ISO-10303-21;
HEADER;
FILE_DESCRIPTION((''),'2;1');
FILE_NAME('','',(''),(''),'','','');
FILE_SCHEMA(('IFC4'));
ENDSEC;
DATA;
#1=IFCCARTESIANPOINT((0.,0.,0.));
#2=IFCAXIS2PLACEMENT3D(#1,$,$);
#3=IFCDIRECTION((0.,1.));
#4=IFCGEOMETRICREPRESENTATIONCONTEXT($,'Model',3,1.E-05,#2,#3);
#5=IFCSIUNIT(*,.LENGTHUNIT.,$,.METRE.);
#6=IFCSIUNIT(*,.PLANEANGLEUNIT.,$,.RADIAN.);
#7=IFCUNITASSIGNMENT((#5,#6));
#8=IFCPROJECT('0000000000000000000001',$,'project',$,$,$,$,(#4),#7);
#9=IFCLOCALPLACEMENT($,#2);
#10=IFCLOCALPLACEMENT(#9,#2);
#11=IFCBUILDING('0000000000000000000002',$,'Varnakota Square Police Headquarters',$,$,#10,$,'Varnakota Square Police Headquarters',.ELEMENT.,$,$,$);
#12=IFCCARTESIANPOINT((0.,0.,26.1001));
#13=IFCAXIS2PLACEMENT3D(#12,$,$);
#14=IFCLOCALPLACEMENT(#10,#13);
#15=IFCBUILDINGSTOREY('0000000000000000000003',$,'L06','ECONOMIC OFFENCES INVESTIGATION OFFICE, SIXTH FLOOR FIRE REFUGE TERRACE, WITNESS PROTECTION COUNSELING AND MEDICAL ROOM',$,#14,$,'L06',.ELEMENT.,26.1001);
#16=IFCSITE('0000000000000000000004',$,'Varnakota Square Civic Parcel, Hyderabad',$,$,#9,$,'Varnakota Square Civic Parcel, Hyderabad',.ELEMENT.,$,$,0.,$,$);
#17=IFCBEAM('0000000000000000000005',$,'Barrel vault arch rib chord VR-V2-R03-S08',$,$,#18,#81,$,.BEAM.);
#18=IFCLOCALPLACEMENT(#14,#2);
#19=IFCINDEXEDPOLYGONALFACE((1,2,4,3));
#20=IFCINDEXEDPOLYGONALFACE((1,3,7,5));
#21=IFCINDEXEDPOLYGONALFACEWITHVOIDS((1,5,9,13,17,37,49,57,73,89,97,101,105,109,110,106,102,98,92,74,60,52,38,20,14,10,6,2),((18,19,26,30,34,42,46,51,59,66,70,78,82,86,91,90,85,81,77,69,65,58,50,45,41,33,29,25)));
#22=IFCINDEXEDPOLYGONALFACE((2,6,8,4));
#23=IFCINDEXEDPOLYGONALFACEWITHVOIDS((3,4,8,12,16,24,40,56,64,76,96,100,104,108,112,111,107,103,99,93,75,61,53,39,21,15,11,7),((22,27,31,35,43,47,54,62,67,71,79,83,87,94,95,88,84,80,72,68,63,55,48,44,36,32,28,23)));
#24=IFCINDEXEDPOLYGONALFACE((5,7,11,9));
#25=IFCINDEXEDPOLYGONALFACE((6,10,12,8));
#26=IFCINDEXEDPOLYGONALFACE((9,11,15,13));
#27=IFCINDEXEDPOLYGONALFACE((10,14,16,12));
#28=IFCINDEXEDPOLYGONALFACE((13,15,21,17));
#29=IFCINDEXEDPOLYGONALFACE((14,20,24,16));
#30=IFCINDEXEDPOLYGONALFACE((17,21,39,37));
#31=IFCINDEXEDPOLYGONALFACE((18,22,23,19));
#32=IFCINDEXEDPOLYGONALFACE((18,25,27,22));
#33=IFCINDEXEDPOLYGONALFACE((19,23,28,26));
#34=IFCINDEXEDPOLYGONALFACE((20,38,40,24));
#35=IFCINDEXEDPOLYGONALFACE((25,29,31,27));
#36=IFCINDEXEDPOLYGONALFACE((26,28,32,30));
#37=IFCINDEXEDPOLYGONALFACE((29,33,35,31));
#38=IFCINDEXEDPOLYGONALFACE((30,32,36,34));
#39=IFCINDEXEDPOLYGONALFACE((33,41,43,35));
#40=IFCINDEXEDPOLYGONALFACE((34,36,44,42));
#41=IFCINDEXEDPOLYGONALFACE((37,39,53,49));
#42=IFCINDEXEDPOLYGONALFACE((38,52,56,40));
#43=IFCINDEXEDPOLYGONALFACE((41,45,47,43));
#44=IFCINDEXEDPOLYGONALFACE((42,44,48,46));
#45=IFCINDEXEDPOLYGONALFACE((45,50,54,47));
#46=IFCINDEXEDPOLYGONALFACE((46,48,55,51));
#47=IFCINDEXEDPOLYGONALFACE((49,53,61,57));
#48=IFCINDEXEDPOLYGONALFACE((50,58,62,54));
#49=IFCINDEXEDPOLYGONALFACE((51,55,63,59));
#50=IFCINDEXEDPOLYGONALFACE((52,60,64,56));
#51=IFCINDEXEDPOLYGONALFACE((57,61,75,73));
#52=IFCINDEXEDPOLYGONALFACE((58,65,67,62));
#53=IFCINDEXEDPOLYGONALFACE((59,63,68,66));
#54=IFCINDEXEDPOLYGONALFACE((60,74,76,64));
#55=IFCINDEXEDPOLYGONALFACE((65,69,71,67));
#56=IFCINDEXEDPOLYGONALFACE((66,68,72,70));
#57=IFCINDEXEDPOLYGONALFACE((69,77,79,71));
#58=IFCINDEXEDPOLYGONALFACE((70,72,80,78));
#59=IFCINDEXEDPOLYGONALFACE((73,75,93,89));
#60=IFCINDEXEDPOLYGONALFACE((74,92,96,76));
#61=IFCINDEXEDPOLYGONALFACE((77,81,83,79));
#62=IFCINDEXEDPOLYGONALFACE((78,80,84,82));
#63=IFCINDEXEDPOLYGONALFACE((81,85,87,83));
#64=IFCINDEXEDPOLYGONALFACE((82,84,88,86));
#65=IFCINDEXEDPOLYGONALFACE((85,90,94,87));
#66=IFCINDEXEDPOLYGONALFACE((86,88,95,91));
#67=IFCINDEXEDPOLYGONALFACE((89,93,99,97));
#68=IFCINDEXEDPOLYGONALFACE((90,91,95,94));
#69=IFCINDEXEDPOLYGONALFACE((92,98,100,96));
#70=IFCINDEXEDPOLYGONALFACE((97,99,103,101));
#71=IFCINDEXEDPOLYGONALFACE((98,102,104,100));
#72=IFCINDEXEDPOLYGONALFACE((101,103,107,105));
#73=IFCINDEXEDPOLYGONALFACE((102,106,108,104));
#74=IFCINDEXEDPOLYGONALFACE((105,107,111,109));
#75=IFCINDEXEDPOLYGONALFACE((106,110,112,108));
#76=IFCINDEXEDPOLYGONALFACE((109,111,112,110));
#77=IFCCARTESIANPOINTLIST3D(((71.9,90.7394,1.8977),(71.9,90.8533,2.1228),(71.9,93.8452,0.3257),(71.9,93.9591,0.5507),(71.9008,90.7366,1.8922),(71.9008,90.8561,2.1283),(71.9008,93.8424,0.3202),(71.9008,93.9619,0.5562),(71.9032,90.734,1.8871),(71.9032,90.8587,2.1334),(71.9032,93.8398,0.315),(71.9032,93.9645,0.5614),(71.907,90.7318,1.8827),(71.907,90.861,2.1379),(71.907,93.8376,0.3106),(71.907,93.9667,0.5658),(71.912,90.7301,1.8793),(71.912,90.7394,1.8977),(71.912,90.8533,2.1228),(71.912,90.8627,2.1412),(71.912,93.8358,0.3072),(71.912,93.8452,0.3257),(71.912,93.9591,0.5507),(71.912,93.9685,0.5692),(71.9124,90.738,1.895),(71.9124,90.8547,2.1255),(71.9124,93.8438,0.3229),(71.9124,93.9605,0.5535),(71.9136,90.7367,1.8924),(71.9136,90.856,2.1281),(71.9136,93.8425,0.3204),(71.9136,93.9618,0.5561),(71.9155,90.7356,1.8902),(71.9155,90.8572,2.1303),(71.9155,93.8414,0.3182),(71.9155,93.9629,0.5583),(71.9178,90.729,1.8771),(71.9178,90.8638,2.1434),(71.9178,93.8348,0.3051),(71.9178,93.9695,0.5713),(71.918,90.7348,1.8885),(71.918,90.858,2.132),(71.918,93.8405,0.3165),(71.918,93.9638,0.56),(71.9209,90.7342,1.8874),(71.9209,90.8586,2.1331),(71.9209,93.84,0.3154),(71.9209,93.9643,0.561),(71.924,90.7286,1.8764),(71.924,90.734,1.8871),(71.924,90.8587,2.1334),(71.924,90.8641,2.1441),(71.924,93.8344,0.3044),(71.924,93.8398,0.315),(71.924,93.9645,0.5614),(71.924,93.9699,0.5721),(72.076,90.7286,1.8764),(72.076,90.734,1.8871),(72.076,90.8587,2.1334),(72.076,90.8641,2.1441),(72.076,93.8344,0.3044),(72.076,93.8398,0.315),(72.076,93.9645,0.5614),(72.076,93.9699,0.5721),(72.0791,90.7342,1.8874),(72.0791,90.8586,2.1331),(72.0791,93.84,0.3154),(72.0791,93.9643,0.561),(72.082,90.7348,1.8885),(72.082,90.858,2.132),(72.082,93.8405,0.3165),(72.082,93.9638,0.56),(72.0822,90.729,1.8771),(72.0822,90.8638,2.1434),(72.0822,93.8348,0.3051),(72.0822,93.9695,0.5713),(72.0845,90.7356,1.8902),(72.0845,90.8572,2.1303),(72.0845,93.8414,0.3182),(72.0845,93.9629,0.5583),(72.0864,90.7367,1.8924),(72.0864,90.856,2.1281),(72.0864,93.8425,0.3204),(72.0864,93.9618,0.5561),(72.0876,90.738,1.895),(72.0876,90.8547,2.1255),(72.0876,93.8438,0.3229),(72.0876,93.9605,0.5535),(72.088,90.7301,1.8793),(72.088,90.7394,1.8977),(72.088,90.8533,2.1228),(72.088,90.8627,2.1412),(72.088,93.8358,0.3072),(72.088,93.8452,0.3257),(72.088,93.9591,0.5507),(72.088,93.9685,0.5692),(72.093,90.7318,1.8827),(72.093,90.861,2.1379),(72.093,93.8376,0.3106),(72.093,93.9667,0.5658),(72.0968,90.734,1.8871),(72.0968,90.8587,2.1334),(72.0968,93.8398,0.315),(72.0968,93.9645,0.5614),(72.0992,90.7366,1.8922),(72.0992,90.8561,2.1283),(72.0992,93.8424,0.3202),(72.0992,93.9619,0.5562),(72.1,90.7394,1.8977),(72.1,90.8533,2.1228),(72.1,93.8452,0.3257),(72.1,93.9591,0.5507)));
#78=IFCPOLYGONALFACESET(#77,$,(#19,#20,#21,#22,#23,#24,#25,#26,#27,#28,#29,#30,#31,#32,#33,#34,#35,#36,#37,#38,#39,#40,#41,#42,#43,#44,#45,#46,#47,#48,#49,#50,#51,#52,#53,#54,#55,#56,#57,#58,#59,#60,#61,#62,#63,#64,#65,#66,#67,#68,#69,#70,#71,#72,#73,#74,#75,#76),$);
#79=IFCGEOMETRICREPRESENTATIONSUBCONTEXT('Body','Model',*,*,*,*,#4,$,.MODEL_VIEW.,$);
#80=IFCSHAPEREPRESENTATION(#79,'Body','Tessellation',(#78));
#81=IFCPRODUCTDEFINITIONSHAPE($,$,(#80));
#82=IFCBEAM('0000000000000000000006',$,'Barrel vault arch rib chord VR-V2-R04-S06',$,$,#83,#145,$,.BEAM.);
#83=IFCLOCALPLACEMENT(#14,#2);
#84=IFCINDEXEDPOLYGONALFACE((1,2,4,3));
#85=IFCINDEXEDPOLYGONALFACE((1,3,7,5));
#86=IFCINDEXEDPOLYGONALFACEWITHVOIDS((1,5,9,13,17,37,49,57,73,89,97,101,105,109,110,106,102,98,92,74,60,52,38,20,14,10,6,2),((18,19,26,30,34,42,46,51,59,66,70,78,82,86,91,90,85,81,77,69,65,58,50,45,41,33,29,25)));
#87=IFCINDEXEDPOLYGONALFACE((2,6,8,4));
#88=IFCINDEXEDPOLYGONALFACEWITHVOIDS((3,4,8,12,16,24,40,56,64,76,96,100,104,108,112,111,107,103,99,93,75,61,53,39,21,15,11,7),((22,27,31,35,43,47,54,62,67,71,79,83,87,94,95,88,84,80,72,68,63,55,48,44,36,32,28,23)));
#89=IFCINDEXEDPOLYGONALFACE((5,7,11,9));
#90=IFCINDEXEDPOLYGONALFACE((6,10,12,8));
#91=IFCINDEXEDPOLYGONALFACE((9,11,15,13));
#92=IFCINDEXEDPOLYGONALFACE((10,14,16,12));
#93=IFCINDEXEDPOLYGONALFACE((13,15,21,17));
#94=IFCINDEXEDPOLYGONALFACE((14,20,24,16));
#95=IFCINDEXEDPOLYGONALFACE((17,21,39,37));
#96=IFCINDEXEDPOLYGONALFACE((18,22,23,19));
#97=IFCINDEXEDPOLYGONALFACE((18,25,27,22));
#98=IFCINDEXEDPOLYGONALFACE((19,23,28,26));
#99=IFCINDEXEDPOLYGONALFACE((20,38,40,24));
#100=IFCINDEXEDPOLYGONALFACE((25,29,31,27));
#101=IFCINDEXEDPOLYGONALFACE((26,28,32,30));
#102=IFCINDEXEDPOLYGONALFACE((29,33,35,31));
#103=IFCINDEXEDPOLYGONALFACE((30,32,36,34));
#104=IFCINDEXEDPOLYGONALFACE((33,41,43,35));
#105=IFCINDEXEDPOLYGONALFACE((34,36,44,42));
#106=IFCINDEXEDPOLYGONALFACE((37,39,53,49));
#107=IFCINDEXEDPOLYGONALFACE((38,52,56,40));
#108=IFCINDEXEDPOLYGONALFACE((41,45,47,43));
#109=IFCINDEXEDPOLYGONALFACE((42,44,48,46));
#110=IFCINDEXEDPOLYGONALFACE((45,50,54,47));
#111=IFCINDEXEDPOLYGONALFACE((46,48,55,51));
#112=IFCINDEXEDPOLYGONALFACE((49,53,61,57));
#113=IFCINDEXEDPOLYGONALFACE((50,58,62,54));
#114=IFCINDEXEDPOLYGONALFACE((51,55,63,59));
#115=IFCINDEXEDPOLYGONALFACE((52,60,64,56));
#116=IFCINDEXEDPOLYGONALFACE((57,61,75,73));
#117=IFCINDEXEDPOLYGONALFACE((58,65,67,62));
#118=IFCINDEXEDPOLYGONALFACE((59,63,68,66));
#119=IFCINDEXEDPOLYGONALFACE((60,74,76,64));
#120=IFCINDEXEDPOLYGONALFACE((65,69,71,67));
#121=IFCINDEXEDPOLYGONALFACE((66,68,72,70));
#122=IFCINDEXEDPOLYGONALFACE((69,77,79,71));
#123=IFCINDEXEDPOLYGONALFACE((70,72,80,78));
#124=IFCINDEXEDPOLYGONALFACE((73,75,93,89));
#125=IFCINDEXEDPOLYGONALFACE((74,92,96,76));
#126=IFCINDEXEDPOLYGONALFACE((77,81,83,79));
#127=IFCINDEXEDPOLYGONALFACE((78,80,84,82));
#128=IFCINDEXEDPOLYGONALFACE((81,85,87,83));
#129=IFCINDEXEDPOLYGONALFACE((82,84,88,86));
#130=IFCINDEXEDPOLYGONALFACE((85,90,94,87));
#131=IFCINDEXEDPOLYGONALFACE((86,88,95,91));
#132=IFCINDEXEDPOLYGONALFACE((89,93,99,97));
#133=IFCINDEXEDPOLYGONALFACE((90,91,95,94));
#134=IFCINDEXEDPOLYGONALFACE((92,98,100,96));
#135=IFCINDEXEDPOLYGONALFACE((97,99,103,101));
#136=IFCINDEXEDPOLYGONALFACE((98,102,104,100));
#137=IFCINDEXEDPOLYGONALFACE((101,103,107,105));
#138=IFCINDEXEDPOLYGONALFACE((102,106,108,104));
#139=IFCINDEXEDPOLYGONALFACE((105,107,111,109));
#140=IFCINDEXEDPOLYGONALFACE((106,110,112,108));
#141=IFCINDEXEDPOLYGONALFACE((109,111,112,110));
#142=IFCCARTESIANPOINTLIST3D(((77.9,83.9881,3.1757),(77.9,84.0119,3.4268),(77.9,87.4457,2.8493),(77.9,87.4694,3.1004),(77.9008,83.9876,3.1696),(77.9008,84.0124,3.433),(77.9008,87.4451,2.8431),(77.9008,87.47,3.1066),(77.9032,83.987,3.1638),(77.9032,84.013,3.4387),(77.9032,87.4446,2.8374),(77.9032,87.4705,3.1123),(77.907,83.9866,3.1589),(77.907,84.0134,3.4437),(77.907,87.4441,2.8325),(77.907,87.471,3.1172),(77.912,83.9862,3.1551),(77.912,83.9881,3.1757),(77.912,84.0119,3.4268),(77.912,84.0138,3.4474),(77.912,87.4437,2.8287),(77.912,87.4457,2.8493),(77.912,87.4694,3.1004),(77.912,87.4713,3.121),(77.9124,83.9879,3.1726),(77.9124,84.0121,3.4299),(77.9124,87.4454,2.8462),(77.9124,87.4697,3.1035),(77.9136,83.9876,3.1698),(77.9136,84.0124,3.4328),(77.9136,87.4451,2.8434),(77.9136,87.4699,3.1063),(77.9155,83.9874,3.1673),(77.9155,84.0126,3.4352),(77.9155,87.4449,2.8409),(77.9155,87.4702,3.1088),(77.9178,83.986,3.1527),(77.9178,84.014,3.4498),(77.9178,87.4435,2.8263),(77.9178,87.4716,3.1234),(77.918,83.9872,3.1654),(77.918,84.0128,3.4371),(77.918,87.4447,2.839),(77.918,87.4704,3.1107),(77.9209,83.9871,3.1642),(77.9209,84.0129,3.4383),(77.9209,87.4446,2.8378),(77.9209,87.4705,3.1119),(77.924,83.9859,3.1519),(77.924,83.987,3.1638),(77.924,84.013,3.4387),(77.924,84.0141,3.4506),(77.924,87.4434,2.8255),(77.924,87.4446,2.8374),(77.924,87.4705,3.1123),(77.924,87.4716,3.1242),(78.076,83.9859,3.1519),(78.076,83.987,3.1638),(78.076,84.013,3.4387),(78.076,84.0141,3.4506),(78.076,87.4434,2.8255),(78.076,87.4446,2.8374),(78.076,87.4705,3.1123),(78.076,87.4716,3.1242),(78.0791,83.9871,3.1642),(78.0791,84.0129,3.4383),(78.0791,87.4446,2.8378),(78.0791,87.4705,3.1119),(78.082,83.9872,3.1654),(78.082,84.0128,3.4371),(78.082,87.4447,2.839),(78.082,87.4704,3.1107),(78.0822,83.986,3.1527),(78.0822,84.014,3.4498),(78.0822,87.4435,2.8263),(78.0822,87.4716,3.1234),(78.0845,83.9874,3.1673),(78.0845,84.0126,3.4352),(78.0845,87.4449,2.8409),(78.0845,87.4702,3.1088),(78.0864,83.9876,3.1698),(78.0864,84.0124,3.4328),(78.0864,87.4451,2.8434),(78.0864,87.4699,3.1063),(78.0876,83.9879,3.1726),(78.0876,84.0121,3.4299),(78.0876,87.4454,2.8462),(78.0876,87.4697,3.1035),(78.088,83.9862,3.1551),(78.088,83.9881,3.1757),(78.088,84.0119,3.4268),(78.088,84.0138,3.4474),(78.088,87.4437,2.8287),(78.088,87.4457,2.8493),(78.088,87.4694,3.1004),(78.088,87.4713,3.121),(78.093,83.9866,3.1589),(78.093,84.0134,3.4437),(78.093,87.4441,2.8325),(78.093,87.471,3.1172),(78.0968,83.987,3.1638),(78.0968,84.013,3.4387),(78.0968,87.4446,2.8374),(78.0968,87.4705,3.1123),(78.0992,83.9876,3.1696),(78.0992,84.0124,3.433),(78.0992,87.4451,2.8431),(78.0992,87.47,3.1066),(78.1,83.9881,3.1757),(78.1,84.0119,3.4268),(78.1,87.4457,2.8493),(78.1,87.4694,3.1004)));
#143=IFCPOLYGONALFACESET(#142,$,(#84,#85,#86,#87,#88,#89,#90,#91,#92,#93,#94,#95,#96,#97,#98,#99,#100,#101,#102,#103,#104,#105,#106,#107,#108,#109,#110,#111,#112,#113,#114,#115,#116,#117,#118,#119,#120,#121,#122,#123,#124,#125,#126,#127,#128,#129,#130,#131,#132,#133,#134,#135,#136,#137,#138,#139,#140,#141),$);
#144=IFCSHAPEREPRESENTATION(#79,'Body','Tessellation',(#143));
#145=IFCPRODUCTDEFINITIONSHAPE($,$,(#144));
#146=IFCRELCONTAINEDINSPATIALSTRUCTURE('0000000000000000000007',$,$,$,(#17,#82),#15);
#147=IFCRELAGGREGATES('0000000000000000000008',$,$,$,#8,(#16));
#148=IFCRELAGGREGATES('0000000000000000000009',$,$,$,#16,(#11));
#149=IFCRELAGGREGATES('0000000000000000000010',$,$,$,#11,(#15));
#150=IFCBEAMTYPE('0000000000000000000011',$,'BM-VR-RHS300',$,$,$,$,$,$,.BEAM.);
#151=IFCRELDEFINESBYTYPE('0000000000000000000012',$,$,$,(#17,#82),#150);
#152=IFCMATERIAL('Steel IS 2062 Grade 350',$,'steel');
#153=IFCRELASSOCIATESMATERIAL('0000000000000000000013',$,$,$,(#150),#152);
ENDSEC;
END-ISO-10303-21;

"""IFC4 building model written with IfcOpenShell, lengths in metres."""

from ifc_helpers import new_model, si_unit, direction, frame, origin, origin_2d, place, context, subcontext, project, spatial, hollow_rectangle, extrude, material, material_profile, profile_set, type_object, element, save


model = new_model("IFC4")

# Units and contexts
model_context = context("Model", 3, precision=1e-05, world=origin(), true_north=direction((0.0, 1.0)))
body_context = subcontext(model_context, "Body", "Model", "MODEL_VIEW")
ifc_project = project(units=[si_unit("LENGTHUNIT", "METRE"), si_unit("PLANEANGLEUNIT", "RADIAN")], contexts=[model_context])

# Site, building, storey
site_placement = place(None, origin())
site = spatial("IfcSite", under=ifc_project, at=site_placement, Name="Varnakota Square Civic Parcel, Hyderabad", LongName="Varnakota Square Civic Parcel, Hyderabad", CompositionType="ELEMENT", RefElevation=0.0)
building_placement = place(site_placement, origin())
building = spatial("IfcBuilding", under=site, at=building_placement, Name="Varnakota Square Police Headquarters", LongName="Varnakota Square Police Headquarters", CompositionType="ELEMENT")
storey_placement = place(building_placement, frame((0.0, 0.0, 26.1001)))
storey = spatial("IfcBuildingStorey", under=building, at=storey_placement, Name="L06", Description="ECONOMIC OFFENCES INVESTIGATION OFFICE, SIXTH FLOOR FIRE REFUGE TERRACE, WITNESS PROTECTION COUNSELING AND MEDICAL ROOM", LongName="L06", CompositionType="ELEMENT", Elevation=26.1001)

# Beams
ifc_material_1 = material(Name="Steel IS 2062 Grade 350", Category="steel")
ifc_material_profile_1 = material_profile(ifc_material_1, hollow_rectangle(XDim=0.2, YDim=0.3, WallThickness=0.012, InnerFilletRadius=0.012, OuterFilletRadius=0.0239, at=origin_2d()), Name="RHS 300x200x12")
ifc_profile_set_1 = profile_set([ifc_material_profile_1], Name="Steel IS 2062 Grade 350")
beam_type = type_object("IfcBeamType", Name="BM-VR-RHS300", PredefinedType="BEAM", material=ifc_profile_set_1)
beam_1_placement = place(storey_placement, frame((72.0, 90.7964, 2.0103), z_axis=(0.0, 0.892214, -0.451613), x_axis=(-1.0, 0.0, 0.0)))
element("IfcBeam", 1, at=beam_1_placement, inside=storey, type_object=beam_type, Name="Barrel vault arch rib chord VR-V2-R03-S08", PredefinedType="BEAM", context=body_context, shape_type="SweptSolid", body=[
    extrude(hollow_rectangle(XDim=0.2, YDim=0.3, WallThickness=0.012, InnerFilletRadius=0.012, OuterFilletRadius=0.0239, at=origin_2d()), origin(), (0.0, 0.0, 1.0), 3.481),
])
beam_2_placement = place(storey_placement, frame((78.0, 84.0, 3.3013), z_axis=(0.0, 0.995573, -0.09399), x_axis=(-1.0, 0.0, 0.0)))
element("IfcBeam", 2, at=beam_2_placement, inside=storey, type_object=beam_type, Name="Barrel vault arch rib chord VR-V2-R04-S06", PredefinedType="BEAM", context=body_context, shape_type="SweptSolid", body=[
    extrude(hollow_rectangle(XDim=0.2, YDim=0.3, WallThickness=0.012, InnerFilletRadius=0.012, OuterFilletRadius=0.0239, at=origin_2d()), origin(), (0.0, 0.0, 1.0), 3.4729),
])

save(model, "model.ifc")
